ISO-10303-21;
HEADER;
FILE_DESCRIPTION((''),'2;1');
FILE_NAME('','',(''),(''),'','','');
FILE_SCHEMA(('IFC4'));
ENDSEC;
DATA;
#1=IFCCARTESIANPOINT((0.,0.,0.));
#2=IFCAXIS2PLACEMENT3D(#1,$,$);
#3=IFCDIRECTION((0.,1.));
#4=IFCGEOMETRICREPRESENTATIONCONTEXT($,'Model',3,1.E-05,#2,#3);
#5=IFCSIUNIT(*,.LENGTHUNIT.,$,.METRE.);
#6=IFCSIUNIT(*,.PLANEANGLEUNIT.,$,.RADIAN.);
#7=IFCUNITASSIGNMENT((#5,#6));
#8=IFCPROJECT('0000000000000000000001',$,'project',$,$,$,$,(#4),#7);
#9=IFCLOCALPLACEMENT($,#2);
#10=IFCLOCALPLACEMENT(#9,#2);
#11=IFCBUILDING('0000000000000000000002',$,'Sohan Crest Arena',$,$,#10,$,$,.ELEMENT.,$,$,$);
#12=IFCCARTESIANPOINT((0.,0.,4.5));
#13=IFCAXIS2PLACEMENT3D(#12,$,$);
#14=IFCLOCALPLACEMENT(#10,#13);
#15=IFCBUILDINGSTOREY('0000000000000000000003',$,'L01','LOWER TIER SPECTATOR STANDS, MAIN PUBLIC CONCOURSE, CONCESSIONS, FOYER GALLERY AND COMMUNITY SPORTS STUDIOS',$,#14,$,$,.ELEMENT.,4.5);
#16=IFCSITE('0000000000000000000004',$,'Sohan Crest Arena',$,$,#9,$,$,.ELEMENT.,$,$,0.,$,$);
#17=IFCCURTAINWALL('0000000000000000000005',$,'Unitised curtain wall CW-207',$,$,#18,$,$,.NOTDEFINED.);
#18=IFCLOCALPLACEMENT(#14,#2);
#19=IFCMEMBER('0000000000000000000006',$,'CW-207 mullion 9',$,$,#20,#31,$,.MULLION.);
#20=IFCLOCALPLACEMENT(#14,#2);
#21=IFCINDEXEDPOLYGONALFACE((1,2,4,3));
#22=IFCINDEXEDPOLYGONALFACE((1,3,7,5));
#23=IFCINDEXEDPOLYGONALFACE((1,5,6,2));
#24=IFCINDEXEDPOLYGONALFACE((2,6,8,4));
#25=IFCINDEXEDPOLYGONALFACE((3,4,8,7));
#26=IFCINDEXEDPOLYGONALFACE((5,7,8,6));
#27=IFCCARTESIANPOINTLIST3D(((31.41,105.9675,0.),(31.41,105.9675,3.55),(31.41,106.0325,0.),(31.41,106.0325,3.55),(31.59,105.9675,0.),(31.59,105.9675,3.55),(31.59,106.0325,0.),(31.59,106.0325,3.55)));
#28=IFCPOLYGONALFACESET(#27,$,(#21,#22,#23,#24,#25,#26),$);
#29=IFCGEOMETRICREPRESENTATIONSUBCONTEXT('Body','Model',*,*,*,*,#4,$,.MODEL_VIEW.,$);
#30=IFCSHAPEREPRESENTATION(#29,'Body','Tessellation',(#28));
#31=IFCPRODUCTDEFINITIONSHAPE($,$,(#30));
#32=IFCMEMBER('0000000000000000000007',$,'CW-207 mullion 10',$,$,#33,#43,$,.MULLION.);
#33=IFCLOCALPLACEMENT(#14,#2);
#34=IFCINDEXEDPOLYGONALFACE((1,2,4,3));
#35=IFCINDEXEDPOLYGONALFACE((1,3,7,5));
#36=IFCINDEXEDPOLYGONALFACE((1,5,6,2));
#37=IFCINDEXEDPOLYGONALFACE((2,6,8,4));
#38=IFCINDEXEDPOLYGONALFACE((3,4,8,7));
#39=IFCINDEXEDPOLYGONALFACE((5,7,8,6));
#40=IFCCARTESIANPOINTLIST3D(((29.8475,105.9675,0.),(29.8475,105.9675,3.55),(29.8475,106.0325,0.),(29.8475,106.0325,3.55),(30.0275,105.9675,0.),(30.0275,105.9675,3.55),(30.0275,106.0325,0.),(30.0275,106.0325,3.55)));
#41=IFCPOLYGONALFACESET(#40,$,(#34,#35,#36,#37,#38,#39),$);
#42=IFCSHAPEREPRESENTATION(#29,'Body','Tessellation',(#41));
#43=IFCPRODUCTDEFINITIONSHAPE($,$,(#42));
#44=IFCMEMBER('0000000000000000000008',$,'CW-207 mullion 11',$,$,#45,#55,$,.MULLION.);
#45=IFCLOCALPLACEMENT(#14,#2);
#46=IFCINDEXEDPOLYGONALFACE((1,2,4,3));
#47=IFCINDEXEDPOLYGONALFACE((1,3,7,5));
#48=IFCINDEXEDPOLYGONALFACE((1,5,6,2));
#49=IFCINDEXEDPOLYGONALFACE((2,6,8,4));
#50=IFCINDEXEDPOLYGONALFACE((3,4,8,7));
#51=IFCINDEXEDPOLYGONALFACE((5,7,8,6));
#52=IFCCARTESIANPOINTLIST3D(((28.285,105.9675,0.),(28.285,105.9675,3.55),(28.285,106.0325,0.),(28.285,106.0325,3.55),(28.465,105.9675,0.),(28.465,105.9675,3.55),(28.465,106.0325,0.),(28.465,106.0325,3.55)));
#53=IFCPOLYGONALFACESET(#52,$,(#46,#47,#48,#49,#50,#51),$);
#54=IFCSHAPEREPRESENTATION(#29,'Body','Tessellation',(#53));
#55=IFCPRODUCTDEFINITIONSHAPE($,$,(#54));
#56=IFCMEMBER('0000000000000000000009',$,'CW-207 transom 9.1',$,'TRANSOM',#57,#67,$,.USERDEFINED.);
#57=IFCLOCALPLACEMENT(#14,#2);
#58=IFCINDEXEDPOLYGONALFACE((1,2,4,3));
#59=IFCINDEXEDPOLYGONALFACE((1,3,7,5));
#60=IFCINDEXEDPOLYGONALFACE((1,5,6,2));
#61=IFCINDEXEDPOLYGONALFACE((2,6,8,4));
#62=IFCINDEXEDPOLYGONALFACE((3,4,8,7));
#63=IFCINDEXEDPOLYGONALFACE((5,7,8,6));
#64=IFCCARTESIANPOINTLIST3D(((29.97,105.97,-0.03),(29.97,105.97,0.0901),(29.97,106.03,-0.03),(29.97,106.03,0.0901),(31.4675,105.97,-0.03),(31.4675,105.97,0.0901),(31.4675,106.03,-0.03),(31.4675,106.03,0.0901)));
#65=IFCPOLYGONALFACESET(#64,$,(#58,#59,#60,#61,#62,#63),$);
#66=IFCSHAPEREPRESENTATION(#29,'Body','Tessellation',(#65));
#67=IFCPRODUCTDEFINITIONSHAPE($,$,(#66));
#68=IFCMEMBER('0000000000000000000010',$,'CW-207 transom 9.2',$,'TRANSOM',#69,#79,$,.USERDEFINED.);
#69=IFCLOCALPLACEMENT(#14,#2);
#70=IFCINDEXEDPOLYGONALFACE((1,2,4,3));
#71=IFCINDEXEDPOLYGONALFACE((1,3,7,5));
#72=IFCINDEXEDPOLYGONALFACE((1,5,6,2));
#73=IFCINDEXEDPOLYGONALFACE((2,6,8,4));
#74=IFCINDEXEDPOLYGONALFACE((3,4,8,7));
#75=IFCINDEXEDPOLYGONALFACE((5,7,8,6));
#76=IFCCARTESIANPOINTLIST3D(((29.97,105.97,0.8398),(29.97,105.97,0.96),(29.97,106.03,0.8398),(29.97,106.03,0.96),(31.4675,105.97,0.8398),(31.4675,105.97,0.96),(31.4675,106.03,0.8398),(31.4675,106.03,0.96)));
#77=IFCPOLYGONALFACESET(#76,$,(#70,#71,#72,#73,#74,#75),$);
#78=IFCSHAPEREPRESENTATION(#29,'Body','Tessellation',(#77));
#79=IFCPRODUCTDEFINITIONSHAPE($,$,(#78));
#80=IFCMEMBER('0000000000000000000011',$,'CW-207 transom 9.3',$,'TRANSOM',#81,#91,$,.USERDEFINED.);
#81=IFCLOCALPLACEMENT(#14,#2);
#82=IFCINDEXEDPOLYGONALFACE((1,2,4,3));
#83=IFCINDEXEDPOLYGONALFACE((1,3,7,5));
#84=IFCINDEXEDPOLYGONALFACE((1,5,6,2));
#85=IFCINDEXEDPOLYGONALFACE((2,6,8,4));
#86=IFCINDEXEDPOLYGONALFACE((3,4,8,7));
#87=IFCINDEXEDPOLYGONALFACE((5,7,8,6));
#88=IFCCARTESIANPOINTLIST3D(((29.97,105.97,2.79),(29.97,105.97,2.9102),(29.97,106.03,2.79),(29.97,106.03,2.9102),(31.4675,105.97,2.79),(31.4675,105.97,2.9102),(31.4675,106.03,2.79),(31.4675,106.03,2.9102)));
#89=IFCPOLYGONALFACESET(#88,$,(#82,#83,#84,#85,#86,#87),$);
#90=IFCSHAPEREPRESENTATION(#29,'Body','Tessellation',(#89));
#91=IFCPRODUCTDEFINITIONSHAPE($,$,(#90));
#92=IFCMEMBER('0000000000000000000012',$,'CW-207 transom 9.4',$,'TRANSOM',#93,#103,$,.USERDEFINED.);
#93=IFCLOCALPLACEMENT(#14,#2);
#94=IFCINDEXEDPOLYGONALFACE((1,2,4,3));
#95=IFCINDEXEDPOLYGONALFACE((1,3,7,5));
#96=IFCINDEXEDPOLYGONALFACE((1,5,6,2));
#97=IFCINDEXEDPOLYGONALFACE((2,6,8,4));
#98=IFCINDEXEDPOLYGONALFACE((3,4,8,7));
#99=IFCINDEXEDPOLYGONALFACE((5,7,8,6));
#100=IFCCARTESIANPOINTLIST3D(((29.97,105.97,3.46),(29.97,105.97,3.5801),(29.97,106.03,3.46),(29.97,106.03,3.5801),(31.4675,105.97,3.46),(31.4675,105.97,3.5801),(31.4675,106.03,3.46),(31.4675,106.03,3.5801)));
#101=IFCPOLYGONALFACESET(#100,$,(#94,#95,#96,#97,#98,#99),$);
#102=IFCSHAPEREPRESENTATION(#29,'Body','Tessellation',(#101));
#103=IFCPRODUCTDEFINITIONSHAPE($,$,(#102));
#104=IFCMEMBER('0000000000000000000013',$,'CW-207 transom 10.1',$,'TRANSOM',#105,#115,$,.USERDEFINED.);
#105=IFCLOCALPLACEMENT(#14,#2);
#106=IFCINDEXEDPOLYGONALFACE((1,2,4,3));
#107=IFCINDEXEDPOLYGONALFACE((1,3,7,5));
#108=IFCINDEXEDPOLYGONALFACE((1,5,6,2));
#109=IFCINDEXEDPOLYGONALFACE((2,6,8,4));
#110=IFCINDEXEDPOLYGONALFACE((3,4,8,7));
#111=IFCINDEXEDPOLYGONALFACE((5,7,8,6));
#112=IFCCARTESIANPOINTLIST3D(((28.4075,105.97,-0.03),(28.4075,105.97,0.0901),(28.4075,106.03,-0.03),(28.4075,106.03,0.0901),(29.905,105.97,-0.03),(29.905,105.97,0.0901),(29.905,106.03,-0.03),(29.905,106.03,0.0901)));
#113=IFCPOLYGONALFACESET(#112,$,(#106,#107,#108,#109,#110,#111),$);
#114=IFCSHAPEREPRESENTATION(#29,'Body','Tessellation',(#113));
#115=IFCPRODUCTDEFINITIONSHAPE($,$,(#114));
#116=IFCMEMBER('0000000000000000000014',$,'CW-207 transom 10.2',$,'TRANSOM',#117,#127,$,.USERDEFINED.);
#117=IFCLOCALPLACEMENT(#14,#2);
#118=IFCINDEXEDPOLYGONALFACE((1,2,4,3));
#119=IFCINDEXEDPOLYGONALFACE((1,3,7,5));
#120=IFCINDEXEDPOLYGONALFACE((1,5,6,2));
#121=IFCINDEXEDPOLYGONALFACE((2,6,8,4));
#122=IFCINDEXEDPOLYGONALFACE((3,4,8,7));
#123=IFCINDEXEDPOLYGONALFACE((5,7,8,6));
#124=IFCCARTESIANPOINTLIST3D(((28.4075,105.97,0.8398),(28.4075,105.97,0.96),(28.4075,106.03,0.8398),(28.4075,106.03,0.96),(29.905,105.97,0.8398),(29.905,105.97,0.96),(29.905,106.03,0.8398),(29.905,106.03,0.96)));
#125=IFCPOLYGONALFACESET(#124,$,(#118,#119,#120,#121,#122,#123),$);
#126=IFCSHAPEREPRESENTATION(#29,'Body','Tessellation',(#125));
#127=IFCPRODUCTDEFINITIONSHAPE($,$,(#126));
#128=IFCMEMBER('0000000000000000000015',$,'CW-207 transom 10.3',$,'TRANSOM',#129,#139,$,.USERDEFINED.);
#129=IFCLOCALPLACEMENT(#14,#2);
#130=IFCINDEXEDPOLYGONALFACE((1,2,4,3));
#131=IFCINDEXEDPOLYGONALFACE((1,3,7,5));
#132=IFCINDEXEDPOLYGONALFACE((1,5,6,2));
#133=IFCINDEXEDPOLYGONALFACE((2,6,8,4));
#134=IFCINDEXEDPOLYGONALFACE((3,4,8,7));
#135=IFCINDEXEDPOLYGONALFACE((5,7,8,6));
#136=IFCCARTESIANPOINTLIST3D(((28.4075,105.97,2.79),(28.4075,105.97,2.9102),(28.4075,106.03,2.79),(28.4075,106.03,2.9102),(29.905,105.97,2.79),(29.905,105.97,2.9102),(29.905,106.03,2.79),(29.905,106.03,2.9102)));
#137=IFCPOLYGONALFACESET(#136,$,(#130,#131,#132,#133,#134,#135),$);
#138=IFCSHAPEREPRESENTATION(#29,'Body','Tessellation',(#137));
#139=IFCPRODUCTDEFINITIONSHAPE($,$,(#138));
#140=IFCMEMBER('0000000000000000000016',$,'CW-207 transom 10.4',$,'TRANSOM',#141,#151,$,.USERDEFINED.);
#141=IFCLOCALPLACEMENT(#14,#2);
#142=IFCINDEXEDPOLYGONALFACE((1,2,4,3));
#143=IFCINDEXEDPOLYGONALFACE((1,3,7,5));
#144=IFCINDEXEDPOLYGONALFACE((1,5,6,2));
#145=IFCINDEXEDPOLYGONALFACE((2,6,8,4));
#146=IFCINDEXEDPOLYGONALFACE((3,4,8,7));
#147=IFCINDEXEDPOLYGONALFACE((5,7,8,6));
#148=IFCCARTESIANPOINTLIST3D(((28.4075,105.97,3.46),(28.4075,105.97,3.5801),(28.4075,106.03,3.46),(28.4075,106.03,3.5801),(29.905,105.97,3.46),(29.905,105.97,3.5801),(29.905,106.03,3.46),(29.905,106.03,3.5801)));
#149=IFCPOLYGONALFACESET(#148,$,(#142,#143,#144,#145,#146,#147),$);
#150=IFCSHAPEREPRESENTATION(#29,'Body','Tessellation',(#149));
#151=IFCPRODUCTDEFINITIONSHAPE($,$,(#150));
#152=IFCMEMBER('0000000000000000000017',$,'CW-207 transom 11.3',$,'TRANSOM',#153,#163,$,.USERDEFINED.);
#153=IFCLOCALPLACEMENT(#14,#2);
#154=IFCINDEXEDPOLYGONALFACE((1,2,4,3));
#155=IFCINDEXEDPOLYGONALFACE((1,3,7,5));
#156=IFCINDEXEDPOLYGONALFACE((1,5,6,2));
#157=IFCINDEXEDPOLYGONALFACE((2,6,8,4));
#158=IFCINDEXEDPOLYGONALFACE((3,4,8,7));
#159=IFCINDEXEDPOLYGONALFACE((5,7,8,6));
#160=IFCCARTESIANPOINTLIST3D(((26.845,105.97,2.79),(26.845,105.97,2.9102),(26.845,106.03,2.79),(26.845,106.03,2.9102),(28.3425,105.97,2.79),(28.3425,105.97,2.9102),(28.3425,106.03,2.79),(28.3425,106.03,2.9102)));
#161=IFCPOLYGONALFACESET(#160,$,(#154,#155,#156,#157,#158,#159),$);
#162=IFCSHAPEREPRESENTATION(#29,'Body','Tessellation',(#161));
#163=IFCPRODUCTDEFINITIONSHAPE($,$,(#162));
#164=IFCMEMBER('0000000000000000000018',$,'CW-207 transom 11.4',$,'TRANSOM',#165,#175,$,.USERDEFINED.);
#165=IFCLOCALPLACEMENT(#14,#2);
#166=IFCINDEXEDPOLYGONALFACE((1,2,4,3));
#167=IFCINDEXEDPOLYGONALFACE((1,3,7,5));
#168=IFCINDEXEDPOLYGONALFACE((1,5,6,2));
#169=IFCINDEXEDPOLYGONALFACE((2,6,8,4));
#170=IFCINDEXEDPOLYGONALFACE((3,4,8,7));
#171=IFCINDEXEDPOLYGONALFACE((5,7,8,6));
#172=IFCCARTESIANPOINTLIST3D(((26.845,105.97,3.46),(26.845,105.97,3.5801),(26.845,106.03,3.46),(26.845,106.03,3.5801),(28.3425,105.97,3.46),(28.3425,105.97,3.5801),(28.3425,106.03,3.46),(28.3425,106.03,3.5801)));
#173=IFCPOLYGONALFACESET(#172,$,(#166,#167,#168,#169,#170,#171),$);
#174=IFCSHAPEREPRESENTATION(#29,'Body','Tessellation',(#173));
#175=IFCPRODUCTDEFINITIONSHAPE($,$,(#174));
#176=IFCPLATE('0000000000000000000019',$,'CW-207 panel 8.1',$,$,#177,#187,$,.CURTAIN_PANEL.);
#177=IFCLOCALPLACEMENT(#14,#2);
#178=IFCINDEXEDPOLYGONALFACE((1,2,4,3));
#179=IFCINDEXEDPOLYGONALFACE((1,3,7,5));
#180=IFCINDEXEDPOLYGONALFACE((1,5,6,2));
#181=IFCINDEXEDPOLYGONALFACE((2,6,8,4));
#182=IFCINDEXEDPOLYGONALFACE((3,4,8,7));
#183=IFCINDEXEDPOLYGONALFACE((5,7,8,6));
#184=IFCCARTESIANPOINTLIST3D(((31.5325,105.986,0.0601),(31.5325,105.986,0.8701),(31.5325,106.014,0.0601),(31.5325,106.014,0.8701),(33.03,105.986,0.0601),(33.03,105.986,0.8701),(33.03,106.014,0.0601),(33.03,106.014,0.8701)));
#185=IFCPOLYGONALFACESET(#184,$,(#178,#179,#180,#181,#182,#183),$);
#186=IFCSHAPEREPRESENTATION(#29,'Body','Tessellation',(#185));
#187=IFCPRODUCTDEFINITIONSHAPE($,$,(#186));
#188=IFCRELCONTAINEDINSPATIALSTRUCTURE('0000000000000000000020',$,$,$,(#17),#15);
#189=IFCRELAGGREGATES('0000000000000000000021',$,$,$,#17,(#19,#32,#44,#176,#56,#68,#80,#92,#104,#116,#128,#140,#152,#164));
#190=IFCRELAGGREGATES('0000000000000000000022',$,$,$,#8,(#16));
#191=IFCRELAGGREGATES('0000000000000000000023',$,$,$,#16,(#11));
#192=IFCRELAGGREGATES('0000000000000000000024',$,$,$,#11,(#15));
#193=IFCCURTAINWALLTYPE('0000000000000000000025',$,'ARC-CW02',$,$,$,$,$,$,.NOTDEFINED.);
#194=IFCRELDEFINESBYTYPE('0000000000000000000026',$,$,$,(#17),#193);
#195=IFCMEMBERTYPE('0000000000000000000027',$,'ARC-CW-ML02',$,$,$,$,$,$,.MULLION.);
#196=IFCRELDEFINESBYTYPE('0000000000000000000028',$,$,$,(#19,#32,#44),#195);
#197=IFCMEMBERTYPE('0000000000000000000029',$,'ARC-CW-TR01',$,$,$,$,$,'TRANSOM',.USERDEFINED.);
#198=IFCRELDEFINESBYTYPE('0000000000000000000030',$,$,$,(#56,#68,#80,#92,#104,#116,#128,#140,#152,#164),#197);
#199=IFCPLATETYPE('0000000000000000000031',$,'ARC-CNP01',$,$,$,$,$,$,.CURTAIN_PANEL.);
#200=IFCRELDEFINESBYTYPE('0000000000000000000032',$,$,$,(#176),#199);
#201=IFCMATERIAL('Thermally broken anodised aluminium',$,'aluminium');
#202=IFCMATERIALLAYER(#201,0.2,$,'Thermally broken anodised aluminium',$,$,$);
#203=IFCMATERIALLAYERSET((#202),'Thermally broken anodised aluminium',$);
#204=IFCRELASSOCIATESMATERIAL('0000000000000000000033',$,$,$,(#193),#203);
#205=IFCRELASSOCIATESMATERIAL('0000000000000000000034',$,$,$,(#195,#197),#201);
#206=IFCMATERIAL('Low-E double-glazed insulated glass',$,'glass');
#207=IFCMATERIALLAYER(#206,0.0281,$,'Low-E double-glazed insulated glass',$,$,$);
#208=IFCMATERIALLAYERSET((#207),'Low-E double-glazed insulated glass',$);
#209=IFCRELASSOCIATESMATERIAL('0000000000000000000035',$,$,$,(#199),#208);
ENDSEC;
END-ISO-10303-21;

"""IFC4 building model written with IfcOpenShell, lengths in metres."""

from ifc_helpers import new_model, si_unit, direction, frame, origin, origin_2d, place, context, subcontext, project, spatial, rectangle, extrude, material, layer, layer_set, material_profile, profile_set, type_object, element, aggregate, save


model = new_model("IFC4")

# Units and contexts
model_context = context("Model", 3, precision=1e-05, world=origin(), true_north=direction((0.0, 1.0)))
body_context = subcontext(model_context, "Body", "Model", "MODEL_VIEW")
ifc_project = project(units=[si_unit("LENGTHUNIT", "METRE"), si_unit("PLANEANGLEUNIT", "RADIAN")], contexts=[model_context])

# Site, building, storey
site_placement = place(None, origin())
site = spatial("IfcSite", under=ifc_project, at=site_placement, Name="Sohan Crest Arena", CompositionType="ELEMENT", RefElevation=0.0)
building_placement = place(site_placement, origin())
building = spatial("IfcBuilding", under=site, at=building_placement, Name="Sohan Crest Arena", CompositionType="ELEMENT")
storey_placement = place(building_placement, frame((0.0, 0.0, 4.5)))
storey = spatial("IfcBuildingStorey", under=building, at=storey_placement, Name="L01", Description="LOWER TIER SPECTATOR STANDS, MAIN PUBLIC CONCOURSE, CONCESSIONS, FOYER GALLERY AND COMMUNITY SPORTS STUDIOS", CompositionType="ELEMENT", Elevation=4.5)

# Curtain wall, members, plate
ifc_material_1 = material(Name="Thermally broken anodised aluminium", Category="aluminium")
ifc_layer_1 = layer(ifc_material_1, 0.2, Name="Thermally broken anodised aluminium")
ifc_layer_set_1 = layer_set([ifc_layer_1], Name="Thermally broken anodised aluminium")
curtain_wall_type = type_object("IfcCurtainWallType", Name="ARC-CW02", PredefinedType="NOTDEFINED", material=ifc_layer_set_1)
curtain_wall_placement = place(storey_placement, origin())
curtain_wall = element("IfcCurtainWall", 1, at=curtain_wall_placement, inside=storey, type_object=curtain_wall_type, Name="Unitised curtain wall CW-207", PredefinedType="NOTDEFINED")
ifc_material_profile_1 = material_profile(ifc_material_1, rectangle(XDim=0.0649, YDim=0.1799, at=origin_2d()), Name="ALU-MULL 65x180")
ifc_profile_set_1 = profile_set([ifc_material_profile_1], Name="Thermally broken anodised aluminium")
member_type_1 = type_object("IfcMemberType", Name="ARC-CW-ML02", PredefinedType="MULLION", material=ifc_profile_set_1)
member_1_placement = place(storey_placement, frame((31.5, 106.0, 0.0), z_axis=(0.0, 0.0, 1.0), x_axis=(0.0, -1.0, 0.0)))
member_1 = element("IfcMember", 2, at=member_1_placement, type_object=member_type_1, Name="CW-207 mullion 9", PredefinedType="MULLION", context=body_context, shape_type="SweptSolid", body=[
    extrude(rectangle(XDim=0.0649, YDim=0.1799, at=origin_2d()), origin(), (0.0, 0.0, 1.0), 3.55),
])
member_2_placement = place(storey_placement, frame((29.9375, 106.0, 0.0), z_axis=(0.0, 0.0, 1.0), x_axis=(0.0, -1.0, 0.0)))
member_2 = element("IfcMember", 3, at=member_2_placement, type_object=member_type_1, Name="CW-207 mullion 10", PredefinedType="MULLION", context=body_context, shape_type="SweptSolid", body=[
    extrude(rectangle(XDim=0.0649, YDim=0.1799, at=origin_2d()), origin(), (0.0, 0.0, 1.0), 3.55),
])
member_3_placement = place(storey_placement, frame((28.375, 106.0, 0.0), z_axis=(0.0, 0.0, 1.0), x_axis=(0.0, -1.0, 0.0)))
member_3 = element("IfcMember", 4, at=member_3_placement, type_object=member_type_1, Name="CW-207 mullion 11", PredefinedType="MULLION", context=body_context, shape_type="SweptSolid", body=[
    extrude(rectangle(XDim=0.0649, YDim=0.1799, at=origin_2d()), origin(), (0.0, 0.0, 1.0), 3.55),
])
ifc_material_profile_2 = material_profile(ifc_material_1, rectangle(XDim=0.0601, YDim=0.1201, at=origin_2d()), Name="ALU-TRAN 60x120")
ifc_profile_set_2 = profile_set([ifc_material_profile_2], Name="Thermally broken anodised aluminium")
member_type_2 = type_object("IfcMemberType", Name="ARC-CW-TR01", ElementType="TRANSOM", PredefinedType="USERDEFINED", material=ifc_profile_set_2)
member_4_placement = place(storey_placement, frame((31.4675, 106.0, 0.03), z_axis=(-1.0, 0.0, 0.0), x_axis=(0.0, -1.0, 0.0)))
member_4 = element("IfcMember", 5, at=member_4_placement, type_object=member_type_2, Name="CW-207 transom 9.1", ObjectType="TRANSOM", PredefinedType="USERDEFINED", context=body_context, shape_type="SweptSolid", body=[
    extrude(rectangle(XDim=0.0601, YDim=0.1201, at=origin_2d()), origin(), (0.0, 0.0, 1.0), 1.4976),
])
member_5_placement = place(storey_placement, frame((31.4675, 106.0, 0.8999), z_axis=(-1.0, 0.0, 0.0), x_axis=(0.0, -1.0, 0.0)))
member_5 = element("IfcMember", 6, at=member_5_placement, type_object=member_type_2, Name="CW-207 transom 9.2", ObjectType="TRANSOM", PredefinedType="USERDEFINED", context=body_context, shape_type="SweptSolid", body=[
    extrude(rectangle(XDim=0.0601, YDim=0.1201, at=origin_2d()), origin(), (0.0, 0.0, 1.0), 1.4976),
])
member_6_placement = place(storey_placement, frame((31.4675, 106.0, 2.8501), z_axis=(-1.0, 0.0, 0.0), x_axis=(0.0, -1.0, 0.0)))
member_6 = element("IfcMember", 7, at=member_6_placement, type_object=member_type_2, Name="CW-207 transom 9.3", ObjectType="TRANSOM", PredefinedType="USERDEFINED", context=body_context, shape_type="SweptSolid", body=[
    extrude(rectangle(XDim=0.0601, YDim=0.1201, at=origin_2d()), origin(), (0.0, 0.0, 1.0), 1.4976),
])
member_7_placement = place(storey_placement, frame((31.4675, 106.0, 3.52), z_axis=(-1.0, 0.0, 0.0), x_axis=(0.0, -1.0, 0.0)))
member_7 = element("IfcMember", 8, at=member_7_placement, type_object=member_type_2, Name="CW-207 transom 9.4", ObjectType="TRANSOM", PredefinedType="USERDEFINED", context=body_context, shape_type="SweptSolid", body=[
    extrude(rectangle(XDim=0.0601, YDim=0.1201, at=origin_2d()), origin(), (0.0, 0.0, 1.0), 1.4976),
])
member_8_placement = place(storey_placement, frame((29.905, 106.0, 0.03), z_axis=(-1.0, 0.0, 0.0), x_axis=(0.0, -1.0, 0.0)))
member_8 = element("IfcMember", 9, at=member_8_placement, type_object=member_type_2, Name="CW-207 transom 10.1", ObjectType="TRANSOM", PredefinedType="USERDEFINED", context=body_context, shape_type="SweptSolid", body=[
    extrude(rectangle(XDim=0.0601, YDim=0.1201, at=origin_2d()), origin(), (0.0, 0.0, 1.0), 1.4976),
])
member_9_placement = place(storey_placement, frame((29.905, 106.0, 0.8999), z_axis=(-1.0, 0.0, 0.0), x_axis=(0.0, -1.0, 0.0)))
member_9 = element("IfcMember", 10, at=member_9_placement, type_object=member_type_2, Name="CW-207 transom 10.2", ObjectType="TRANSOM", PredefinedType="USERDEFINED", context=body_context, shape_type="SweptSolid", body=[
    extrude(rectangle(XDim=0.0601, YDim=0.1201, at=origin_2d()), origin(), (0.0, 0.0, 1.0), 1.4976),
])
member_10_placement = place(storey_placement, frame((29.905, 106.0, 2.8501), z_axis=(-1.0, 0.0, 0.0), x_axis=(0.0, -1.0, 0.0)))
member_10 = element("IfcMember", 11, at=member_10_placement, type_object=member_type_2, Name="CW-207 transom 10.3", ObjectType="TRANSOM", PredefinedType="USERDEFINED", context=body_context, shape_type="SweptSolid", body=[
    extrude(rectangle(XDim=0.0601, YDim=0.1201, at=origin_2d()), origin(), (0.0, 0.0, 1.0), 1.4976),
])
member_11_placement = place(storey_placement, frame((29.905, 106.0, 3.52), z_axis=(-1.0, 0.0, 0.0), x_axis=(0.0, -1.0, 0.0)))
member_11 = element("IfcMember", 12, at=member_11_placement, type_object=member_type_2, Name="CW-207 transom 10.4", ObjectType="TRANSOM", PredefinedType="USERDEFINED", context=body_context, shape_type="SweptSolid", body=[
    extrude(rectangle(XDim=0.0601, YDim=0.1201, at=origin_2d()), origin(), (0.0, 0.0, 1.0), 1.4976),
])
member_12_placement = place(storey_placement, frame((28.3425, 106.0, 2.8501), z_axis=(-1.0, 0.0, 0.0), x_axis=(0.0, -1.0, 0.0)))
member_12 = element("IfcMember", 13, at=member_12_placement, type_object=member_type_2, Name="CW-207 transom 11.3", ObjectType="TRANSOM", PredefinedType="USERDEFINED", context=body_context, shape_type="SweptSolid", body=[
    extrude(rectangle(XDim=0.0601, YDim=0.1201, at=origin_2d()), origin(), (0.0, 0.0, 1.0), 1.4976),
])
member_13_placement = place(storey_placement, frame((28.3425, 106.0, 3.52), z_axis=(-1.0, 0.0, 0.0), x_axis=(0.0, -1.0, 0.0)))
member_13 = element("IfcMember", 14, at=member_13_placement, type_object=member_type_2, Name="CW-207 transom 11.4", ObjectType="TRANSOM", PredefinedType="USERDEFINED", context=body_context, shape_type="SweptSolid", body=[
    extrude(rectangle(XDim=0.0601, YDim=0.1201, at=origin_2d()), origin(), (0.0, 0.0, 1.0), 1.4976),
])
ifc_material_2 = material(Name="Low-E double-glazed insulated glass", Category="glass")
ifc_layer_2 = layer(ifc_material_2, 0.0281, Name="Low-E double-glazed insulated glass")
ifc_layer_set_2 = layer_set([ifc_layer_2], Name="Low-E double-glazed insulated glass")
plate_type = type_object("IfcPlateType", Name="ARC-CNP01", PredefinedType="CURTAIN_PANEL", material=ifc_layer_set_2)
plate_1_placement = place(storey_placement, frame((32.2812, 106.0, 0.0601), z_axis=(0.0, 0.0, 1.0), x_axis=(-1.0, 0.0, 0.0)))
plate_1 = element("IfcPlate", 15, at=plate_1_placement, type_object=plate_type, Name="CW-207 panel 8.1", PredefinedType="CURTAIN_PANEL", context=body_context, shape_type="SweptSolid", body=[
    extrude(rectangle(XDim=1.4976, YDim=0.0281, at=origin_2d()), origin(), (0.0, 0.0, 1.0), 0.8101),
])
aggregate(curtain_wall, [member_1, member_2, member_3, plate_1, member_4, member_5, member_6, member_7, member_8, member_9, member_10, member_11, member_12, member_13])

save(model, "model.ifc")
